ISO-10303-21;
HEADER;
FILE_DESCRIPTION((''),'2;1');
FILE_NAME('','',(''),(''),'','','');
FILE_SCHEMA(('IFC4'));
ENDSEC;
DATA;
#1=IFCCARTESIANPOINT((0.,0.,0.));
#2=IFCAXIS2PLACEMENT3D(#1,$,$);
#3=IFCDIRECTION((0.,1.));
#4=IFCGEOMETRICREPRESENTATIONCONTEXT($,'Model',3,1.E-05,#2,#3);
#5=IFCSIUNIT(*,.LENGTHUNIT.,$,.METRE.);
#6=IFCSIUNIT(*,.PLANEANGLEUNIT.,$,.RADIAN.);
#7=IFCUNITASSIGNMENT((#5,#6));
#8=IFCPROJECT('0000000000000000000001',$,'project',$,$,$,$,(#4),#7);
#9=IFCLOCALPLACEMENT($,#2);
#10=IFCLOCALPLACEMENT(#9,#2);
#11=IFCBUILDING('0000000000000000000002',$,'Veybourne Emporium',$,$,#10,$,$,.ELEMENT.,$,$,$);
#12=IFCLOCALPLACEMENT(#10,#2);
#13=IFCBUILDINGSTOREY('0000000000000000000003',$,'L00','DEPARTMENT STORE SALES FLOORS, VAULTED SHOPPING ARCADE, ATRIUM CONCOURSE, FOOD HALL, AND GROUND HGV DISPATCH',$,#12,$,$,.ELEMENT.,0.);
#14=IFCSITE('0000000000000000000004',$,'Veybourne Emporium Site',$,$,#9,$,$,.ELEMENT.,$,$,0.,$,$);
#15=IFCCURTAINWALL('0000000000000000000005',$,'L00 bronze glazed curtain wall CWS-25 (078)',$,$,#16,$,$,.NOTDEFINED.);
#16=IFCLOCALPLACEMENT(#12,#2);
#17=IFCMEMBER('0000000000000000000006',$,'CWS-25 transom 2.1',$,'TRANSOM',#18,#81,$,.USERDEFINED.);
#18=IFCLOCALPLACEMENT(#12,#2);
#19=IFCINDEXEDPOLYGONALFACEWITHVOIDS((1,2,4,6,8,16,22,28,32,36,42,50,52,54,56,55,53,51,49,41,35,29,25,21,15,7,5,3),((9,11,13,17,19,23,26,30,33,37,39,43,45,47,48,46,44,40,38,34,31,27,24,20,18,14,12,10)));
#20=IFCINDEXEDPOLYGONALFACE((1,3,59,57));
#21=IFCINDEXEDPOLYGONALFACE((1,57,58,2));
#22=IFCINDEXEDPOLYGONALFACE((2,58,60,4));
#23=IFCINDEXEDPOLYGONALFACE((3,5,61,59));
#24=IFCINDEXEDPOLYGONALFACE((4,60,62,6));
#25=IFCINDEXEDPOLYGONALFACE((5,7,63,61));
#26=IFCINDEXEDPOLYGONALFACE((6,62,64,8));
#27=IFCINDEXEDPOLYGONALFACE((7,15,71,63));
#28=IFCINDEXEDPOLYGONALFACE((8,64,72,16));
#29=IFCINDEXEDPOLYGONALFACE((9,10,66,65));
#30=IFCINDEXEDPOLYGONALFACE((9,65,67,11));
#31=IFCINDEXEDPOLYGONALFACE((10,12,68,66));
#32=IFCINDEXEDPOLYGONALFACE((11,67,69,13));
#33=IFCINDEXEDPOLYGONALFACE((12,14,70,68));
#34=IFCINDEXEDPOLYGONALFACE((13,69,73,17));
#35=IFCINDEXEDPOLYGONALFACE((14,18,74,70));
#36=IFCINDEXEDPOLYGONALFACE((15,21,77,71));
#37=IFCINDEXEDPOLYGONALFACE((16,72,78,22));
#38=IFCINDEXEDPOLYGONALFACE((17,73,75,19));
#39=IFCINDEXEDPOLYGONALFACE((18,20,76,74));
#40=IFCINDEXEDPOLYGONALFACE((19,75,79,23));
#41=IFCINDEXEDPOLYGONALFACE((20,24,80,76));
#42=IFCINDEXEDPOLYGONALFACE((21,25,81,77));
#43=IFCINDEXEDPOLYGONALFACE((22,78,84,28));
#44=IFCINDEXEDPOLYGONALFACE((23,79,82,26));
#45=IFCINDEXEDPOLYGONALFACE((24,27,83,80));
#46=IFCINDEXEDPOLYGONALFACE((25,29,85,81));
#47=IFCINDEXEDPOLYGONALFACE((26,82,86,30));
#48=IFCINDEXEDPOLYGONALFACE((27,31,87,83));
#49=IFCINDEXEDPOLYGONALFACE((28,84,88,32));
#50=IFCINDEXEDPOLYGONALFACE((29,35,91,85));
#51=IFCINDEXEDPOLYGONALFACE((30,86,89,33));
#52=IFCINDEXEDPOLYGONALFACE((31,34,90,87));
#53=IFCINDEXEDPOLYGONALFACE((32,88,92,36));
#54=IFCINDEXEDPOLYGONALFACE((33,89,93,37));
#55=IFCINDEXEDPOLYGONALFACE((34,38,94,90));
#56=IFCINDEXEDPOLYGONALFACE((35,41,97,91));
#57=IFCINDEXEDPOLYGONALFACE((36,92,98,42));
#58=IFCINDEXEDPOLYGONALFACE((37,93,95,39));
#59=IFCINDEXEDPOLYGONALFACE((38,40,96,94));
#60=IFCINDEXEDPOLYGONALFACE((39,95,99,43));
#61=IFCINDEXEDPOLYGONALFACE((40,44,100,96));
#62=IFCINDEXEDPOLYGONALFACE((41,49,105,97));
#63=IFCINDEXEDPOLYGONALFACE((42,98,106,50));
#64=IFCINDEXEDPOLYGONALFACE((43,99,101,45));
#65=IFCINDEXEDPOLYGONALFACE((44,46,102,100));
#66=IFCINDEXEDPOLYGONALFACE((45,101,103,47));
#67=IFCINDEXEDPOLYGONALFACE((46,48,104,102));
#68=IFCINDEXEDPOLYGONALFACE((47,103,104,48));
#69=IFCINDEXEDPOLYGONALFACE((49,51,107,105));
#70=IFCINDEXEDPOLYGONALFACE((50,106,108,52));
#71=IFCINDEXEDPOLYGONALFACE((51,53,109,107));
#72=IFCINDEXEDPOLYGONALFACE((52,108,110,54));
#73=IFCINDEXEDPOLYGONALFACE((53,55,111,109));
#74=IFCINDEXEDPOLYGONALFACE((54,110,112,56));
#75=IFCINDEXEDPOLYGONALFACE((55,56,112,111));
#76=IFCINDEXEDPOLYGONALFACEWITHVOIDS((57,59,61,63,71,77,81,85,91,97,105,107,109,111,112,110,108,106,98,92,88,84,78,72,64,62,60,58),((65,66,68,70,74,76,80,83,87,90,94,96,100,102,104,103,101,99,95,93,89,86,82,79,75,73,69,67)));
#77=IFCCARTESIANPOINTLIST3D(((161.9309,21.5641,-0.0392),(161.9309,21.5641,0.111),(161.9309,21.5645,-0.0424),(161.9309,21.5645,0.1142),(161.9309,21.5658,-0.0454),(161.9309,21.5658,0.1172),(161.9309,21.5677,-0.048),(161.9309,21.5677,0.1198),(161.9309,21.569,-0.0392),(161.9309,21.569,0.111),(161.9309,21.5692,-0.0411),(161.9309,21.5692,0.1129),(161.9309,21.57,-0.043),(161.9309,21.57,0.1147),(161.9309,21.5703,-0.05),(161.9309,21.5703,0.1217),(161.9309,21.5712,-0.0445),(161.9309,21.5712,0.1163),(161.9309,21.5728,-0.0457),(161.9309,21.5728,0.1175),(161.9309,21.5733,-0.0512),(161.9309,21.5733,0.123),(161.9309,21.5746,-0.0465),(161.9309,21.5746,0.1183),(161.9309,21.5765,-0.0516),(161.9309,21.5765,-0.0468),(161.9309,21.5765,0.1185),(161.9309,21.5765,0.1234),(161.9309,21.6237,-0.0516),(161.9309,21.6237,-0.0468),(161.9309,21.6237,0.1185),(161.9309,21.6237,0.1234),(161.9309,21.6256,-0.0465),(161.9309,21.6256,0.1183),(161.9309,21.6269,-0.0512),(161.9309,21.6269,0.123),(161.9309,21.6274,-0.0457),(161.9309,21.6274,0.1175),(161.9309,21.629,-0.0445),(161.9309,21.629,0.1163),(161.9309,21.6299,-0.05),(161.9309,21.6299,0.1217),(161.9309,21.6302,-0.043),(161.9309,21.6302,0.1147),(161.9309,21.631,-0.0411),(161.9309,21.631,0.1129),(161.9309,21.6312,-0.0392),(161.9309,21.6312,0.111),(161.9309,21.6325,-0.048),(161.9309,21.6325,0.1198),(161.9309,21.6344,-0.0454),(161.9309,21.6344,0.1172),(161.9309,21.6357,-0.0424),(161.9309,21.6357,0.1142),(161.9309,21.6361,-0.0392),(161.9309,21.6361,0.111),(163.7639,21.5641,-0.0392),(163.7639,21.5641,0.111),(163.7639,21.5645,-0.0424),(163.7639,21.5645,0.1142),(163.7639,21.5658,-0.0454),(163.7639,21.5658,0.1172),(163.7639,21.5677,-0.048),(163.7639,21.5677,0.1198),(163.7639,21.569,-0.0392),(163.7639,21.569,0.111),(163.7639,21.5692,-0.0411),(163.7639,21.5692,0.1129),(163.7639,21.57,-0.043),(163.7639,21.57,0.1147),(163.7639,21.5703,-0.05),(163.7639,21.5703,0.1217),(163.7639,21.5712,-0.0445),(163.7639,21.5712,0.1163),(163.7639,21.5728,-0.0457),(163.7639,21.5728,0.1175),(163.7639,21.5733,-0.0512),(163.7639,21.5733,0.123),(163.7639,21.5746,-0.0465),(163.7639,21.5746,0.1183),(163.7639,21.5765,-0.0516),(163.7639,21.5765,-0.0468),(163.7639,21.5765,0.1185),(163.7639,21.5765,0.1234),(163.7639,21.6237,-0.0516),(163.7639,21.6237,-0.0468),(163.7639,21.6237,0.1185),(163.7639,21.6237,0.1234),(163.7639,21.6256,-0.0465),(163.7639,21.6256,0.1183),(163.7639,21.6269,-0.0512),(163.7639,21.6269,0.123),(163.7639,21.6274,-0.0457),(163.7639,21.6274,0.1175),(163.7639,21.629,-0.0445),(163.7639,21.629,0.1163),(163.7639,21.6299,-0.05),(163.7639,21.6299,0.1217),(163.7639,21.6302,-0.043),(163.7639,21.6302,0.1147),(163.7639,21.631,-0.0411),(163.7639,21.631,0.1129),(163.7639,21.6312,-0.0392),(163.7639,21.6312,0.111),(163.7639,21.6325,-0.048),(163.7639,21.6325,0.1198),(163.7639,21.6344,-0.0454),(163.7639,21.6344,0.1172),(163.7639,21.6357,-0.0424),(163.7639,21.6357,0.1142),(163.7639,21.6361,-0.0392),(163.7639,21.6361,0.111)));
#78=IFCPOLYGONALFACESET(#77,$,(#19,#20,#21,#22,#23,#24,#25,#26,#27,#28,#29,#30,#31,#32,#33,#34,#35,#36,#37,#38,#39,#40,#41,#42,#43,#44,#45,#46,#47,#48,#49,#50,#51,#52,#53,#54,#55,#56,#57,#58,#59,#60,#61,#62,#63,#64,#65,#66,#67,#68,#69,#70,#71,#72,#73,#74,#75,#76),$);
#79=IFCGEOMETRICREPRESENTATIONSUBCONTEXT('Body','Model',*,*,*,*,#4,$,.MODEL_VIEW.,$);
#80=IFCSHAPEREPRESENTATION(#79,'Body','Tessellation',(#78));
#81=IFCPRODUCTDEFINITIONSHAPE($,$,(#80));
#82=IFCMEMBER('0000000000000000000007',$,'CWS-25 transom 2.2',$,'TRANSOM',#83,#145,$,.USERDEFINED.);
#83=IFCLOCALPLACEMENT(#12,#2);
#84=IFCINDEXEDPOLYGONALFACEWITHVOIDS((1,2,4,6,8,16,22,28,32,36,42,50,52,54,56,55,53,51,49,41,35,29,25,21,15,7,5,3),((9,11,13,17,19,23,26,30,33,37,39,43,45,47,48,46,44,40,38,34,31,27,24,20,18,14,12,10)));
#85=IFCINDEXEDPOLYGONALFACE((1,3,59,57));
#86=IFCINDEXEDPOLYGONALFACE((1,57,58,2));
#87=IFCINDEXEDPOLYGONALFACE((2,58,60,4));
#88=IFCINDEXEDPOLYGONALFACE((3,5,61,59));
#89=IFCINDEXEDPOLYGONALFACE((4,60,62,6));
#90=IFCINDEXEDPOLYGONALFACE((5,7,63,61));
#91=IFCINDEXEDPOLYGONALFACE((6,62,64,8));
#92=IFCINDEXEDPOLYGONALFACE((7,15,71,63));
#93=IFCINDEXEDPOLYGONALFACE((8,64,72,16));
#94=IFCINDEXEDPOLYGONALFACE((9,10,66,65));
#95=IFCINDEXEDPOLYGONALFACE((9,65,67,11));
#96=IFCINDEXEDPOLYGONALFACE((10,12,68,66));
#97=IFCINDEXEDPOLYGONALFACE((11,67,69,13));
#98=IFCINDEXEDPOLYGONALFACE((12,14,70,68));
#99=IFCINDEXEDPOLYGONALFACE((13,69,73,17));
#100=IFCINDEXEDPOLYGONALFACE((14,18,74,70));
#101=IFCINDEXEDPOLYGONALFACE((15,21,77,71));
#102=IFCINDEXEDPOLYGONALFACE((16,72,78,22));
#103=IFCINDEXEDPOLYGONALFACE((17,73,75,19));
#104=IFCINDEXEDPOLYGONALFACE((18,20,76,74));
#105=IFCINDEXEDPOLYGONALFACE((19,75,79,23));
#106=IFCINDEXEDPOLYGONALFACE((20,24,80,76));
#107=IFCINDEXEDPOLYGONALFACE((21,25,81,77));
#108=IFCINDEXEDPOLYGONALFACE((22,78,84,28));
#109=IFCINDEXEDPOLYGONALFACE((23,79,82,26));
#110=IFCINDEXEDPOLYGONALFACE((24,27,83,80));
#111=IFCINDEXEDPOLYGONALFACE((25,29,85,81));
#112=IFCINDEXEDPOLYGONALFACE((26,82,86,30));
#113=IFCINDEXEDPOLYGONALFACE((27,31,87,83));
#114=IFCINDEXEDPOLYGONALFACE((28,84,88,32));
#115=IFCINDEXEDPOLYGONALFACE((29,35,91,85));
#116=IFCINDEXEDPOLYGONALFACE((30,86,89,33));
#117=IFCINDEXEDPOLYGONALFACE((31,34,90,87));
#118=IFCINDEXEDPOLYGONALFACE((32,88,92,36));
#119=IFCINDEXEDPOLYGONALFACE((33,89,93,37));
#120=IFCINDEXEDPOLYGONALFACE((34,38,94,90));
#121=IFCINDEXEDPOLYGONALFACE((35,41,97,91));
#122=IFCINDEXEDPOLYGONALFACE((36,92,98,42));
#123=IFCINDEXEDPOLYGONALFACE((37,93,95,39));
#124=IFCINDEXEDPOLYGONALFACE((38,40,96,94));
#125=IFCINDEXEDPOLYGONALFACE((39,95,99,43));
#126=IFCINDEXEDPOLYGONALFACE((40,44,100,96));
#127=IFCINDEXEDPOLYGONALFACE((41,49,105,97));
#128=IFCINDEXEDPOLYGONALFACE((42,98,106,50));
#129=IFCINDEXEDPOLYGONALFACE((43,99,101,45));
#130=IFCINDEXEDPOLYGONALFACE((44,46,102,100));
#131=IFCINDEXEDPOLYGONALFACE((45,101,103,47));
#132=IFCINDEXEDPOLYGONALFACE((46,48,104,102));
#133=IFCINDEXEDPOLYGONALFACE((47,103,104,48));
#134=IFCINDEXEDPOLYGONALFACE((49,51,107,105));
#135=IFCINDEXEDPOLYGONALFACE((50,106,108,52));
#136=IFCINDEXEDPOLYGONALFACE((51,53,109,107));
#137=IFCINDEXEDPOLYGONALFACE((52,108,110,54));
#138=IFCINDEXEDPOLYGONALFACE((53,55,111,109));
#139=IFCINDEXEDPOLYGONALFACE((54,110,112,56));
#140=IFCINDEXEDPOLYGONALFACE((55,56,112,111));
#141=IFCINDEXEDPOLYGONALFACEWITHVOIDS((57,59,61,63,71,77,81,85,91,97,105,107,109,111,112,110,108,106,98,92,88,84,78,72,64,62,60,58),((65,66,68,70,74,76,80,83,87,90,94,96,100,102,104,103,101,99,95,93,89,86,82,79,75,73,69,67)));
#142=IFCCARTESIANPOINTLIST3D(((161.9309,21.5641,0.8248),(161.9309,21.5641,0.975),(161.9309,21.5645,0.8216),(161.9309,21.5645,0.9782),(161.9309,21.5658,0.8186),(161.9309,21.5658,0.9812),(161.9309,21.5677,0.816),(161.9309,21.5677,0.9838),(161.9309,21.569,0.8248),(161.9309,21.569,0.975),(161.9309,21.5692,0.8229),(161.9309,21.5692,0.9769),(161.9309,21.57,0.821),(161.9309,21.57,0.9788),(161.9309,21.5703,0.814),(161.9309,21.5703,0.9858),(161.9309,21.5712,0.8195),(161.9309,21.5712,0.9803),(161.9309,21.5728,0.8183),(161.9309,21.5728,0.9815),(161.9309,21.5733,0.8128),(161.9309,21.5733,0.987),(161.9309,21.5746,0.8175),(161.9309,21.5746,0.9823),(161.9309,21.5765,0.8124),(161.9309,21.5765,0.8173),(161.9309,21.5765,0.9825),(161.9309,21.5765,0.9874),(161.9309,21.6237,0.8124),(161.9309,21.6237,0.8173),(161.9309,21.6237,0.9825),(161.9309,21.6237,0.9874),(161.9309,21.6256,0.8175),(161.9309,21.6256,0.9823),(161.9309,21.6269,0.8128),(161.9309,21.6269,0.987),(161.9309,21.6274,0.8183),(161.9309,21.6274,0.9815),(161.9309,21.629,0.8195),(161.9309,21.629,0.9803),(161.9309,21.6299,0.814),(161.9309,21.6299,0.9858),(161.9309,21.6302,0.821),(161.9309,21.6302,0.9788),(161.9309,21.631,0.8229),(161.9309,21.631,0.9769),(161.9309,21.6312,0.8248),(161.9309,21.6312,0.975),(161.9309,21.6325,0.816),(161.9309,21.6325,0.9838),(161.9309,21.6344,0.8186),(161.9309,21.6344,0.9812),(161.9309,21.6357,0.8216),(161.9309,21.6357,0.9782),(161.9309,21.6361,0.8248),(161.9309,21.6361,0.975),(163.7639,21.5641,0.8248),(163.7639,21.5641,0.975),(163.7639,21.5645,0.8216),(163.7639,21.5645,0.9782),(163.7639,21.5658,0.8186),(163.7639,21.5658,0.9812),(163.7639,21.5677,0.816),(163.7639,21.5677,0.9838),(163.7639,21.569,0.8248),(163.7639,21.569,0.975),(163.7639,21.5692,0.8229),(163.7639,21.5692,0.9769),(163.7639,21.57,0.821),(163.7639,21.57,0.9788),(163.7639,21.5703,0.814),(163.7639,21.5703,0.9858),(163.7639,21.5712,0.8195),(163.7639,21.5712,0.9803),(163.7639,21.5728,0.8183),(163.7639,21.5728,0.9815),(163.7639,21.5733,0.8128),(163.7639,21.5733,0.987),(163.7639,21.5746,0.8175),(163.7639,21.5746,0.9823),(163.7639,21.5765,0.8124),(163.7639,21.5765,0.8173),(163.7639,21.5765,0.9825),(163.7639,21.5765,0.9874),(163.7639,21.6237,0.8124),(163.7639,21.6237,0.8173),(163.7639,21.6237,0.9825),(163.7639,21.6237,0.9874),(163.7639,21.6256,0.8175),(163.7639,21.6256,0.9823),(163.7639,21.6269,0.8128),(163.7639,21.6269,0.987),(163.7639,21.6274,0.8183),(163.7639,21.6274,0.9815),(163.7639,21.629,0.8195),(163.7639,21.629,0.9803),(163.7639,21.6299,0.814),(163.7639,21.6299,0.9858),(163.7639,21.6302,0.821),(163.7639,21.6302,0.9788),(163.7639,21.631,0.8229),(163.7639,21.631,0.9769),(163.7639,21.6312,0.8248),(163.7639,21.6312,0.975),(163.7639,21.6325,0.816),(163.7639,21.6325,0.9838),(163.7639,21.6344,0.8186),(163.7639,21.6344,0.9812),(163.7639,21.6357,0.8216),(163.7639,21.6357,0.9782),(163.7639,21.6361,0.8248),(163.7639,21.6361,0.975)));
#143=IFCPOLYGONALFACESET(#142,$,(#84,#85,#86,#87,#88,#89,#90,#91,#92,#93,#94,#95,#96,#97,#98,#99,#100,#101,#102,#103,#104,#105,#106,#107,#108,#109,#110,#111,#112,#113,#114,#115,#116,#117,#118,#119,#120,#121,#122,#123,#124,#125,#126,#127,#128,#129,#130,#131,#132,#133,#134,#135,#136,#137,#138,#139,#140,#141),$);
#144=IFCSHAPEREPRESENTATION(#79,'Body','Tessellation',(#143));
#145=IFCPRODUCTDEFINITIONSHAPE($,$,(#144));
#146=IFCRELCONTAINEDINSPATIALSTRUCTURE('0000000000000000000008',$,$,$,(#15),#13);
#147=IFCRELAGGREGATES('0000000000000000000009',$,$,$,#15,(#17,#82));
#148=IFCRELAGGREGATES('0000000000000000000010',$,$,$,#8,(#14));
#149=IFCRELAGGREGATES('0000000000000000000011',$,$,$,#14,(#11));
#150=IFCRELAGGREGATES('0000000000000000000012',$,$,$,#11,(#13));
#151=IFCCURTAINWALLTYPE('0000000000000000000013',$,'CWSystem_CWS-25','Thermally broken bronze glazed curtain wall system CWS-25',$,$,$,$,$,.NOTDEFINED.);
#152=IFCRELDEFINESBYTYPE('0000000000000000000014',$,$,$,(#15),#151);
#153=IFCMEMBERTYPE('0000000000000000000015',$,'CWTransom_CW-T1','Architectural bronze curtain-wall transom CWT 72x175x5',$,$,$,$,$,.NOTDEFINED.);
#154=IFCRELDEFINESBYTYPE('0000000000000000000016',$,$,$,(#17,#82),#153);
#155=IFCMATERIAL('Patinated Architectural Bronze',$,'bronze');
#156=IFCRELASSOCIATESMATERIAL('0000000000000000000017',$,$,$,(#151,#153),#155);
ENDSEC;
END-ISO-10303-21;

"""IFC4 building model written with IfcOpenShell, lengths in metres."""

from ifc_helpers import new_model, si_unit, direction, frame, origin, origin_2d, place, context, subcontext, project, spatial, hollow_rectangle, extrude, material, material_profile, profile_set, type_object, element, aggregate, save


model = new_model("IFC4")

# Units and contexts
model_context = context("Model", 3, precision=1e-05, world=origin(), true_north=direction((0.0, 1.0)))
body_context = subcontext(model_context, "Body", "Model", "MODEL_VIEW")
ifc_project = project(units=[si_unit("LENGTHUNIT", "METRE"), si_unit("PLANEANGLEUNIT", "RADIAN")], contexts=[model_context])

# Site, building, storey
site_placement = place(None, origin())
site = spatial("IfcSite", under=ifc_project, at=site_placement, Name="Veybourne Emporium Site", CompositionType="ELEMENT", RefElevation=0.0)
building_placement = place(site_placement, origin())
building = spatial("IfcBuilding", under=site, at=building_placement, Name="Veybourne Emporium", CompositionType="ELEMENT")
storey_placement = place(building_placement, origin())
storey = spatial("IfcBuildingStorey", under=building, at=storey_placement, Name="L00", Description="DEPARTMENT STORE SALES FLOORS, VAULTED SHOPPING ARCADE, ATRIUM CONCOURSE, FOOD HALL, AND GROUND HGV DISPATCH", CompositionType="ELEMENT", Elevation=0.0)

# Curtain wall
ifc_material_1 = material(Name="Patinated Architectural Bronze", Category="bronze")
curtain_wall_type_1 = type_object("IfcCurtainWallType", Name="CWSystem_CWS-25", Description="Thermally broken bronze glazed curtain wall system CWS-25", PredefinedType="NOTDEFINED", material=ifc_material_1)
curtain_wall_1_placement = place(storey_placement, origin())
curtain_wall_1 = element("IfcCurtainWall", 1, at=curtain_wall_1_placement, inside=storey, type_object=curtain_wall_type_1, Name="L00 bronze glazed curtain wall CWS-25 (078)", PredefinedType="NOTDEFINED")

# Members
ifc_material_profile_1 = material_profile(ifc_material_1, hollow_rectangle(XDim=0.072, YDim=0.175, WallThickness=0.0049, InnerFilletRadius=0.0076, OuterFilletRadius=0.0125, at=origin_2d()), Name="CWT 72x175x5")
ifc_profile_set_1 = profile_set([ifc_material_profile_1], Name="Patinated Architectural Bronze")
member_type_1 = type_object("IfcMemberType", Name="CWTransom_CW-T1", Description="Architectural bronze curtain-wall transom CWT 72x175x5", PredefinedType="NOTDEFINED", material=ifc_profile_set_1)
member_1_placement = place(storey_placement, frame((161.9309, 21.6001, 0.0359), z_axis=(1.0, 0.0, 0.0), x_axis=(0.0, 1.0, 0.0)))
member_1 = element("IfcMember", 2, at=member_1_placement, type_object=member_type_1, Name="CWS-25 transom 2.1", ObjectType="TRANSOM", PredefinedType="USERDEFINED", context=body_context, shape_type="SweptSolid", body=[
    extrude(hollow_rectangle(XDim=0.072, YDim=0.175, WallThickness=0.0049, InnerFilletRadius=0.0076, OuterFilletRadius=0.0125, at=origin_2d()), origin(), (0.0, 0.0, 1.0), 1.833),
])
member_2_placement = place(storey_placement, frame((161.9309, 21.6001, 0.8999), z_axis=(1.0, 0.0, 0.0), x_axis=(0.0, 1.0, 0.0)))
member_2 = element("IfcMember", 3, at=member_2_placement, type_object=member_type_1, Name="CWS-25 transom 2.2", ObjectType="TRANSOM", PredefinedType="USERDEFINED", context=body_context, shape_type="SweptSolid", body=[
    extrude(hollow_rectangle(XDim=0.072, YDim=0.175, WallThickness=0.0049, InnerFilletRadius=0.0076, OuterFilletRadius=0.0125, at=origin_2d()), origin(), (0.0, 0.0, 1.0), 1.833),
])

aggregate(curtain_wall_1, [member_1, member_2])

save(model, "model.ifc")
